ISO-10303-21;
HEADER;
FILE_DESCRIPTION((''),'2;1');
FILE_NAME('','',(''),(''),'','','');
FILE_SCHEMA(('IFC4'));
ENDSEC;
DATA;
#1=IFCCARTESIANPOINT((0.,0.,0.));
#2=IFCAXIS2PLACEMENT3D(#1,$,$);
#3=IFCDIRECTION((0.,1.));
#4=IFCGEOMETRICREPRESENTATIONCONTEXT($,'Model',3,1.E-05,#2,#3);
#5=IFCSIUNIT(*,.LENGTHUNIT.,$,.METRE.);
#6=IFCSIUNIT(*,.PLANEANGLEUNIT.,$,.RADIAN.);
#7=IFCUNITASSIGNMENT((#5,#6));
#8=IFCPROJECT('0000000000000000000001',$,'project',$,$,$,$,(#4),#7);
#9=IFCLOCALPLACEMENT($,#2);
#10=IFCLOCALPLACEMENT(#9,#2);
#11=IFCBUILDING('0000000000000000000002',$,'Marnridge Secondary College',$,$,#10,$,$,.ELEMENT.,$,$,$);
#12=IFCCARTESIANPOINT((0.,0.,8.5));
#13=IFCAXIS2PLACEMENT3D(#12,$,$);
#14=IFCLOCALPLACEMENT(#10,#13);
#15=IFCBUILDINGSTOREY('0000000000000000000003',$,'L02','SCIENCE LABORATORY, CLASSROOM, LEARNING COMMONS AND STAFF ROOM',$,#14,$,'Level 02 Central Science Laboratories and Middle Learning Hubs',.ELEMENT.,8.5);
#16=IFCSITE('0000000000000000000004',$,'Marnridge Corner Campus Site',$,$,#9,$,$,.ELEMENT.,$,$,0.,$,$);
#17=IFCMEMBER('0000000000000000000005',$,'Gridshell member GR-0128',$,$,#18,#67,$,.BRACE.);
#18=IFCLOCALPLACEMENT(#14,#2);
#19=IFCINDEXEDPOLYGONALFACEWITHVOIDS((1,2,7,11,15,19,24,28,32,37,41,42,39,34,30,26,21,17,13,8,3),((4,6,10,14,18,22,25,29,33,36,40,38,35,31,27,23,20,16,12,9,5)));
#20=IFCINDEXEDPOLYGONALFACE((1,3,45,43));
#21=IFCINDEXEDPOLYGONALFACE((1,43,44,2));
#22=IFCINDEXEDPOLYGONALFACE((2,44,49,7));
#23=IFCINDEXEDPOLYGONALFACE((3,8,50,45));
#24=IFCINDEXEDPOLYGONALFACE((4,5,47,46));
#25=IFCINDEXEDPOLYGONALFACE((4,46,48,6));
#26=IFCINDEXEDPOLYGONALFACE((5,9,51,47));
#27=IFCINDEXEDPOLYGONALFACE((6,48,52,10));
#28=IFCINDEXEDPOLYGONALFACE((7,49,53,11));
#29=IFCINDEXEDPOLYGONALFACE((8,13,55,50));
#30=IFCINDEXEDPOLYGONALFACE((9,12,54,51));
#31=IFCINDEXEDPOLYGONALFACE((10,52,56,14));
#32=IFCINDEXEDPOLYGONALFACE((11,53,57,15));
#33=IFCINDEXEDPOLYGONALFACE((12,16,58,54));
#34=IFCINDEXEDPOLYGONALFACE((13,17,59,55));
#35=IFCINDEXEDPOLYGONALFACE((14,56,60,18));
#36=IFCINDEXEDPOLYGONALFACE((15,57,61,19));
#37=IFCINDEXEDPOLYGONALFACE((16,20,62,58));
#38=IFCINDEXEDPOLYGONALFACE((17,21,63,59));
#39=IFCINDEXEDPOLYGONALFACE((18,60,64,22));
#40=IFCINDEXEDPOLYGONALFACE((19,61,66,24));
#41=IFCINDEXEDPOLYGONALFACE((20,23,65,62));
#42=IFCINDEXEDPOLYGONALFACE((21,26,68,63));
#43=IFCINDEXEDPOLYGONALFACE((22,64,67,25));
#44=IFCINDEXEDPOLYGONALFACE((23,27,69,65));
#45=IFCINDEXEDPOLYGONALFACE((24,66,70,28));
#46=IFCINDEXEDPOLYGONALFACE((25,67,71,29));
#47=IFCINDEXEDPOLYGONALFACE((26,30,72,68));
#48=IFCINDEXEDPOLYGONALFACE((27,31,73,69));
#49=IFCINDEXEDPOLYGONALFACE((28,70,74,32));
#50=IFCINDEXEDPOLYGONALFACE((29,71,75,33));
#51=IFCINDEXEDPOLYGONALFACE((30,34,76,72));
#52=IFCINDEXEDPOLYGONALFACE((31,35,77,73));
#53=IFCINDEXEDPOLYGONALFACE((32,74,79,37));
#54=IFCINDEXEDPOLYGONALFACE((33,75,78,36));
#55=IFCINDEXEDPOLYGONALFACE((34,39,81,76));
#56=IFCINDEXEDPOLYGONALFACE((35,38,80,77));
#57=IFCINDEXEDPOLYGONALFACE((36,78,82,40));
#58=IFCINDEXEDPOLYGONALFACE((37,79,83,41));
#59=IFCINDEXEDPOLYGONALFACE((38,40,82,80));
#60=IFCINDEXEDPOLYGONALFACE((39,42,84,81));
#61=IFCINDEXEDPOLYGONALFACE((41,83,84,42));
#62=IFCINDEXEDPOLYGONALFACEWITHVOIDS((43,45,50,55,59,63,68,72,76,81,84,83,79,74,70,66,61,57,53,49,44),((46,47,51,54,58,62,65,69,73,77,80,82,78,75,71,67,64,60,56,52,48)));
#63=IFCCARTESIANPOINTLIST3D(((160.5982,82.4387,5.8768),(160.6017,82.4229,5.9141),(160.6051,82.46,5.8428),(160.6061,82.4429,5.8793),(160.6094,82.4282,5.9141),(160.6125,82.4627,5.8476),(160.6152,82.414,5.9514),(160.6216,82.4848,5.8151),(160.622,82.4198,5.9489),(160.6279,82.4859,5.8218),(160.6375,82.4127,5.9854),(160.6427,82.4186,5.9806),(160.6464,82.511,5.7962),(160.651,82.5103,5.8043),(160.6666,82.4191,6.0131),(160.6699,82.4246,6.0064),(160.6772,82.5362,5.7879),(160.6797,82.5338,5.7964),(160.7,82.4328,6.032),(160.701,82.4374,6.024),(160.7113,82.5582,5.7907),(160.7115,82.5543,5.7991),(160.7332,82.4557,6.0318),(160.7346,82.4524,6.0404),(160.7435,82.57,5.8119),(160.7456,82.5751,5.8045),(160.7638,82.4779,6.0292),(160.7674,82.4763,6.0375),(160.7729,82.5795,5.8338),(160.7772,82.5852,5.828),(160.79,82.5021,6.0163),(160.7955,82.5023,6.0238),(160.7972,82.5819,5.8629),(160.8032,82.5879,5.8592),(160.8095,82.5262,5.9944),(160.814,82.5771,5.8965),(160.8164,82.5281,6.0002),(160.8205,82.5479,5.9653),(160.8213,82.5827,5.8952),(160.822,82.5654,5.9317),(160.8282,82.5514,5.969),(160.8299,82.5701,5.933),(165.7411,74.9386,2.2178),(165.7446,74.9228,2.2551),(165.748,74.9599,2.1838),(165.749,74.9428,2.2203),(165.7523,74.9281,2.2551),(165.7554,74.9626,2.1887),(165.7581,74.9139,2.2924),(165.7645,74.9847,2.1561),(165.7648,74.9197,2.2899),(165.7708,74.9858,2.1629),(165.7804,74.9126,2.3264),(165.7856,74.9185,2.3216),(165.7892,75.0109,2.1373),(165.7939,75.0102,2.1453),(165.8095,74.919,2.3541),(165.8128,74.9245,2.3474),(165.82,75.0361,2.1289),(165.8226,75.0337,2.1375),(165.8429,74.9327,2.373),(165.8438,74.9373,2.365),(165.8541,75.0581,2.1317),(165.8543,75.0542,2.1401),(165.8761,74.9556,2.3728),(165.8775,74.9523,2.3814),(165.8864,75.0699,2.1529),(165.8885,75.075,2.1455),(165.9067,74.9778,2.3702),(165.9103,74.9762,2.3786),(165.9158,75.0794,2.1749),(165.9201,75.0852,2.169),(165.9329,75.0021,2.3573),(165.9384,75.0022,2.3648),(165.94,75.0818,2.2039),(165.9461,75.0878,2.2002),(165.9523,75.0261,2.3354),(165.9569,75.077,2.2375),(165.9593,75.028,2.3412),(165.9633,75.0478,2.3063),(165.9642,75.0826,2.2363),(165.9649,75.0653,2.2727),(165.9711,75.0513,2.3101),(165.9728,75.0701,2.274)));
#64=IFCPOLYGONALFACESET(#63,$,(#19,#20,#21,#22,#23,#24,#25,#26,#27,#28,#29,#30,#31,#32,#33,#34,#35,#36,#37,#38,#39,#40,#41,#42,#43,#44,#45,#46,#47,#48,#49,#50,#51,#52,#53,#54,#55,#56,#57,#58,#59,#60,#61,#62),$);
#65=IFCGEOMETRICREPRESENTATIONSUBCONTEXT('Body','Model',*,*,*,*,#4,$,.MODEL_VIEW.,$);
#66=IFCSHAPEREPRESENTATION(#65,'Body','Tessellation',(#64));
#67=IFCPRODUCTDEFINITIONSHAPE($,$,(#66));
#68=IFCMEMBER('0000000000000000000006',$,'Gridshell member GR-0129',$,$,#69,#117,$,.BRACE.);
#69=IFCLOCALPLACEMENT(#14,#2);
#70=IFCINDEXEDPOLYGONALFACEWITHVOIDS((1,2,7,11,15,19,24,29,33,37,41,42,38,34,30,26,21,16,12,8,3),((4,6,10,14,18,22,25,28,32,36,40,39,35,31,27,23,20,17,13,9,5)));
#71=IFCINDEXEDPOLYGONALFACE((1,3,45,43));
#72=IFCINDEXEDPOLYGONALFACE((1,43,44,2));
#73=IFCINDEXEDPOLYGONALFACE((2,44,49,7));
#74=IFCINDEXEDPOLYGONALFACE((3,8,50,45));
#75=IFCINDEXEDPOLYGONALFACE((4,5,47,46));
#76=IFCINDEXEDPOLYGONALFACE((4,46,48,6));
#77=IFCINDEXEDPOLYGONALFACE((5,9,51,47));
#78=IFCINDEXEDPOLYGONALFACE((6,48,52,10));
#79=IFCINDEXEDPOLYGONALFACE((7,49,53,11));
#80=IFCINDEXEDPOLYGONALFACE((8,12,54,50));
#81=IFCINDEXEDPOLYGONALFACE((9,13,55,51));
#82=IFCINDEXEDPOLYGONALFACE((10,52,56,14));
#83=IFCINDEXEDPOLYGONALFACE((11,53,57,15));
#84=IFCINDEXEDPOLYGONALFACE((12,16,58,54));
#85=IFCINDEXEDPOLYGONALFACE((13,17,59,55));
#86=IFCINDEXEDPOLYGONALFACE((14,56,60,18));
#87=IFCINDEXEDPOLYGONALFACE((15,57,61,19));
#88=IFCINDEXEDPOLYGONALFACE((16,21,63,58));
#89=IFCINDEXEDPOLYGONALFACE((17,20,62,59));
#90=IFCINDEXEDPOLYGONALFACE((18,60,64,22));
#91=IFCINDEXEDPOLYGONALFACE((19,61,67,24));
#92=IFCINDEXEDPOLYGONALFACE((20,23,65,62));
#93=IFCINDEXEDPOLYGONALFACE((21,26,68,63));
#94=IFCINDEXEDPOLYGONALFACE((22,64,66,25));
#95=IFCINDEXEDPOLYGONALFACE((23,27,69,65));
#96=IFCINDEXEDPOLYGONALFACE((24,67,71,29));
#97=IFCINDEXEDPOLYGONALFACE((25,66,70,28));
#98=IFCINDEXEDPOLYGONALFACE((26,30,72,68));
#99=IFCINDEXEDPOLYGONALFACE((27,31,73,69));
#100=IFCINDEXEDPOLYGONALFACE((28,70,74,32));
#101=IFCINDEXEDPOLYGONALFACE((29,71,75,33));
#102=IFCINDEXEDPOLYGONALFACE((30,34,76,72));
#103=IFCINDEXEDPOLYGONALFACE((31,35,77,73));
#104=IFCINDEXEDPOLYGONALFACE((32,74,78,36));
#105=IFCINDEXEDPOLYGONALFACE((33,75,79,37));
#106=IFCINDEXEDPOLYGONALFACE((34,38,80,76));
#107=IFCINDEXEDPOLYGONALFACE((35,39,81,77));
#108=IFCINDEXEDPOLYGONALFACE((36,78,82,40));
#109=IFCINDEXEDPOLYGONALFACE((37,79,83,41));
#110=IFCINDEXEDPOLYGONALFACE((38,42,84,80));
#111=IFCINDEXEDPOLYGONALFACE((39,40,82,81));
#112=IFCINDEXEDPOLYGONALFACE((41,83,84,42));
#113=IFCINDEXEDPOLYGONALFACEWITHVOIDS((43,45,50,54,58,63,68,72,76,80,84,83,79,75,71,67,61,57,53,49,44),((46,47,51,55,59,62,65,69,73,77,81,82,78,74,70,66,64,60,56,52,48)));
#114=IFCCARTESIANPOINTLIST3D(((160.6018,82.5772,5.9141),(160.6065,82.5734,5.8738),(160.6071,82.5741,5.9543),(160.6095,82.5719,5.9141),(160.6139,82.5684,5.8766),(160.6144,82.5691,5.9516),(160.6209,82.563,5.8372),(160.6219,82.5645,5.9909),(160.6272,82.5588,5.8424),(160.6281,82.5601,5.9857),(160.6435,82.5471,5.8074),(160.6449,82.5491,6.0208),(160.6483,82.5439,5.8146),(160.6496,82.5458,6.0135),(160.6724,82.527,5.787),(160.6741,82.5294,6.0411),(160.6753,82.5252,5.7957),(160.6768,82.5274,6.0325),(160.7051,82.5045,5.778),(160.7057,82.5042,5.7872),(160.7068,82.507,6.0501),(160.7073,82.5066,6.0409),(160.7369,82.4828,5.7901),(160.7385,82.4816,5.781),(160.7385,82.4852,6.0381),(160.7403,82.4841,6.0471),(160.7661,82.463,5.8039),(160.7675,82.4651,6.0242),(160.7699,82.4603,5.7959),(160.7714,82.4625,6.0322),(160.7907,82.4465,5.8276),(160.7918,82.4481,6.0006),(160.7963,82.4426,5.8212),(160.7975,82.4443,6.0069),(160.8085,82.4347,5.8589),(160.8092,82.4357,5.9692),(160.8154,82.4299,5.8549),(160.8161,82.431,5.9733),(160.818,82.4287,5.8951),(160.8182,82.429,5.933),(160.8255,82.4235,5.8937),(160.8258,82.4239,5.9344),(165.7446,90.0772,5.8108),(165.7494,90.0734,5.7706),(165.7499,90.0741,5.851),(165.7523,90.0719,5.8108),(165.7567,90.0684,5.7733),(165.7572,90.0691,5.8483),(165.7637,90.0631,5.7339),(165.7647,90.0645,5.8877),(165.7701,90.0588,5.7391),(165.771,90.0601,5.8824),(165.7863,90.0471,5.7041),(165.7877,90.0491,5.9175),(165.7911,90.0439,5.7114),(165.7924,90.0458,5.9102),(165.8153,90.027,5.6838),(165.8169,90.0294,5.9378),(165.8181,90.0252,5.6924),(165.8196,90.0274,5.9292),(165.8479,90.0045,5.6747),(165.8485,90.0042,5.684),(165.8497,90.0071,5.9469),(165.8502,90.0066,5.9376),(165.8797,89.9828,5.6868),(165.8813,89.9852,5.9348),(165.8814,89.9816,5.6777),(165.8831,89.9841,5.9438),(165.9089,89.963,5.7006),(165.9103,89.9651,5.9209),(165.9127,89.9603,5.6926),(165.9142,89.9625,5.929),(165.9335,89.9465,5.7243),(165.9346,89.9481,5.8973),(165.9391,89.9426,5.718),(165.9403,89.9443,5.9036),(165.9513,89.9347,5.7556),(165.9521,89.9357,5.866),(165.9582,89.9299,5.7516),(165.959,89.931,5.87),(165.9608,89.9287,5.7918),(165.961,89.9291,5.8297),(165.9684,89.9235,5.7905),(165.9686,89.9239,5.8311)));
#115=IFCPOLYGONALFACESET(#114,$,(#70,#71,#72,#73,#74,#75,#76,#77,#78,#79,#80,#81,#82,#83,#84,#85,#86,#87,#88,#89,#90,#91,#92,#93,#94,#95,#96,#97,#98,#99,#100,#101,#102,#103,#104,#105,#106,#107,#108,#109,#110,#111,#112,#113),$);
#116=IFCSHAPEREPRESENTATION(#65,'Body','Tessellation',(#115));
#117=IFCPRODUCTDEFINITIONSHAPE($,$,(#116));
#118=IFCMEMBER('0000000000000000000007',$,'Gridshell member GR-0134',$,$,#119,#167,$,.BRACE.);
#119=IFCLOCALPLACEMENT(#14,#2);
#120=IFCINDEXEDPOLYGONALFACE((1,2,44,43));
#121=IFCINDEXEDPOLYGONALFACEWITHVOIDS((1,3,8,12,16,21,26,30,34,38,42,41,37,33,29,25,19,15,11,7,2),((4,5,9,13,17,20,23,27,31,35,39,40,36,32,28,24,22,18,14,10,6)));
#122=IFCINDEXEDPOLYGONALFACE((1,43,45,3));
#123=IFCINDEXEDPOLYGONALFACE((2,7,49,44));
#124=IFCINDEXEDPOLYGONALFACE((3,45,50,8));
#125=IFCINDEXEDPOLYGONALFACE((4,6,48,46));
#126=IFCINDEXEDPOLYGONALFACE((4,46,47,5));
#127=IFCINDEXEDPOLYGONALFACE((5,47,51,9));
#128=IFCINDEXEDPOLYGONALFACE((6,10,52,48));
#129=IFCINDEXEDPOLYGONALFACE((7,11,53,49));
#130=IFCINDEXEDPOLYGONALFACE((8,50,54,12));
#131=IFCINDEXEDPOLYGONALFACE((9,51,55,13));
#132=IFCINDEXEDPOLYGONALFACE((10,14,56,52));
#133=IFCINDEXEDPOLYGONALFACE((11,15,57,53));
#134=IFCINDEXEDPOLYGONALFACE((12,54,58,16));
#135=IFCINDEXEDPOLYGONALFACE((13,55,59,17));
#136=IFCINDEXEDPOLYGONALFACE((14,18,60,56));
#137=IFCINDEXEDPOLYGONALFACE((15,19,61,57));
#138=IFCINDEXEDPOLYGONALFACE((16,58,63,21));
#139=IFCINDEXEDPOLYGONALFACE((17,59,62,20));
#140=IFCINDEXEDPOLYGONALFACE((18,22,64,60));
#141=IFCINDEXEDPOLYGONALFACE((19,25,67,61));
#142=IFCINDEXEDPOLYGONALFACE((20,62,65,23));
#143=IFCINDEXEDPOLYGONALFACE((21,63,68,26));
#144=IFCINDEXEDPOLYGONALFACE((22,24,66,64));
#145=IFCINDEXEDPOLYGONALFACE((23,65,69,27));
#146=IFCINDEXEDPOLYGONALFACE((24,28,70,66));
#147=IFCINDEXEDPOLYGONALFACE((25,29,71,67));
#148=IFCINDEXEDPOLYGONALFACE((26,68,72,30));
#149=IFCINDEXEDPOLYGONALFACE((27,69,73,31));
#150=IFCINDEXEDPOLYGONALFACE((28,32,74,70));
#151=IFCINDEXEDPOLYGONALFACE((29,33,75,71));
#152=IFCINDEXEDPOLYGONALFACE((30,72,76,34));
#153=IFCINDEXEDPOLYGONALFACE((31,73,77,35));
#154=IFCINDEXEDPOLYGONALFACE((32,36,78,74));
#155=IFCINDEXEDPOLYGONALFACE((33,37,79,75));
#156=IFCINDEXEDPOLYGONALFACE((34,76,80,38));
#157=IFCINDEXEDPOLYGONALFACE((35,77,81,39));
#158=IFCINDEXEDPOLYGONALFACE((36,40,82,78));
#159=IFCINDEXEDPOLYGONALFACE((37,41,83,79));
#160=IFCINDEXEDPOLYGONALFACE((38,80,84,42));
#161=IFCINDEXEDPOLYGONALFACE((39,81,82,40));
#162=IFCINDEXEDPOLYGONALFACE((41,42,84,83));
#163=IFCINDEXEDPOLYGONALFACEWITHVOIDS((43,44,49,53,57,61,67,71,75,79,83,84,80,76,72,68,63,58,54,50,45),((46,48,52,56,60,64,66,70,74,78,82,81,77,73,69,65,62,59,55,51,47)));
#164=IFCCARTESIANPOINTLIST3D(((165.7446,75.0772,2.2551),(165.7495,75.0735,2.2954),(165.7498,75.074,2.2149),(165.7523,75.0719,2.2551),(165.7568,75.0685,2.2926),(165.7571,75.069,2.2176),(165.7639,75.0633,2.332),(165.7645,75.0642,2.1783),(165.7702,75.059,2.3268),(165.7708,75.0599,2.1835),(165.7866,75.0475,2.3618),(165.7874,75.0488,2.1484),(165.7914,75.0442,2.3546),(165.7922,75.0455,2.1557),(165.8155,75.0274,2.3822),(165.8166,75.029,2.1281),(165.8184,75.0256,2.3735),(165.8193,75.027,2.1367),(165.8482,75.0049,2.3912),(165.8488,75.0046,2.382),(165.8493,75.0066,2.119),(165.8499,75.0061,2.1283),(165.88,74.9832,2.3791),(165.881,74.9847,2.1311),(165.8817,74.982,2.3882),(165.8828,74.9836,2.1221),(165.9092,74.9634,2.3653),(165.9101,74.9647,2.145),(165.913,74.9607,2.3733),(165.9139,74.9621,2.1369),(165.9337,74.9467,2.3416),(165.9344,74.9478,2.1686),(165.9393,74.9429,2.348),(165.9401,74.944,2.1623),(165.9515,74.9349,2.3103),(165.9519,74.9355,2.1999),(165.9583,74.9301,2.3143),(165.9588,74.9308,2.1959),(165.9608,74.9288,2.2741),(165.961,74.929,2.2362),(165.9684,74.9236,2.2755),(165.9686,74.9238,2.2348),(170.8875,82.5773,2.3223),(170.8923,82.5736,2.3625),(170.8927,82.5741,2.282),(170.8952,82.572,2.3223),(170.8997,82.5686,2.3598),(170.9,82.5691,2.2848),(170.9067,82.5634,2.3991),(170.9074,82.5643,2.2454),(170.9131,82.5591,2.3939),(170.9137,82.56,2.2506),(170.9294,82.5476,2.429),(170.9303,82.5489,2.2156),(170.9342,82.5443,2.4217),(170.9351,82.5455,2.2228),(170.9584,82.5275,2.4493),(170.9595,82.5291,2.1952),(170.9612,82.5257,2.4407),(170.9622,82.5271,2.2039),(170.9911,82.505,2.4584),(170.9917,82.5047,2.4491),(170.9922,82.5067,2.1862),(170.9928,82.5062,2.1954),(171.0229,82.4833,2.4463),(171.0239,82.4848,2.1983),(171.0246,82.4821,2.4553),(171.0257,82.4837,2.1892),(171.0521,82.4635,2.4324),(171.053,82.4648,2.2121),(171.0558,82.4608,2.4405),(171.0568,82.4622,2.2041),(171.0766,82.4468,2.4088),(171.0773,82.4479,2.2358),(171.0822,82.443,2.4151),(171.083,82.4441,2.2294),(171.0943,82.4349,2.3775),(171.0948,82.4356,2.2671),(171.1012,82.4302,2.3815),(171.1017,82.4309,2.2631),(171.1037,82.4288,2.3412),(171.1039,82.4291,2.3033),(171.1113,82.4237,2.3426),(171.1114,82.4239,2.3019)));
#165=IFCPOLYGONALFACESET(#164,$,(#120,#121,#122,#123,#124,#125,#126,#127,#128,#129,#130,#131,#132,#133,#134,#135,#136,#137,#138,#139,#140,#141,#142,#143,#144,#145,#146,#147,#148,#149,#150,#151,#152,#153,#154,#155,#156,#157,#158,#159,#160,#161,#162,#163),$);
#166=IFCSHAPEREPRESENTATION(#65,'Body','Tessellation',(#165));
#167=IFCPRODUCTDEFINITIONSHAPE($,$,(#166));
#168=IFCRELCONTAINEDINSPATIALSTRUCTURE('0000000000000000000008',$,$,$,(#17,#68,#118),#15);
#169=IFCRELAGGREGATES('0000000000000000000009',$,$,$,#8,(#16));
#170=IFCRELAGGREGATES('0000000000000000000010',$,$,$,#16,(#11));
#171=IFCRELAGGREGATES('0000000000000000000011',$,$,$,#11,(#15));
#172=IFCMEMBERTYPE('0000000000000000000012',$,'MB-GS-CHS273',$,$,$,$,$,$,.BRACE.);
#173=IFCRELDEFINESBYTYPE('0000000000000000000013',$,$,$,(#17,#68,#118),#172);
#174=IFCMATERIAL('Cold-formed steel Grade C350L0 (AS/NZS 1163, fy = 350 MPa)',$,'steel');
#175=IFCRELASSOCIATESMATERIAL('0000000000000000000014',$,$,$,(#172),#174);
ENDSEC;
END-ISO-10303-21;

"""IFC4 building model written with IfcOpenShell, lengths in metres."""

from ifc_helpers import new_model, si_unit, direction, frame, origin, origin_2d, place, context, subcontext, project, spatial, hollow_circle, extrude, material, material_profile, profile_set, type_object, element, save


model = new_model("IFC4")

# Units and contexts
model_context = context("Model", 3, precision=1e-05, world=origin(), true_north=direction((0.0, 1.0)))
body_context = subcontext(model_context, "Body", "Model", "MODEL_VIEW")
ifc_project = project(units=[si_unit("LENGTHUNIT", "METRE"), si_unit("PLANEANGLEUNIT", "RADIAN")], contexts=[model_context])

# Site, building, storey
site_placement = place(None, origin())
site = spatial("IfcSite", under=ifc_project, at=site_placement, Name="Marnridge Corner Campus Site", CompositionType="ELEMENT", RefElevation=0.0)
building_placement = place(site_placement, origin())
building = spatial("IfcBuilding", under=site, at=building_placement, Name="Marnridge Secondary College", CompositionType="ELEMENT")
storey_placement = place(building_placement, frame((0.0, 0.0, 8.5)))
storey = spatial("IfcBuildingStorey", under=building, at=storey_placement, Name="L02", Description="SCIENCE LABORATORY, CLASSROOM, LEARNING COMMONS AND STAFF ROOM", LongName="Level 02 Central Science Laboratories and Middle Learning Hubs", CompositionType="ELEMENT", Elevation=8.5)

# Members
ifc_material_1 = material(Name="Cold-formed steel Grade C350L0 (AS/NZS 1163, fy = 350 MPa)", Category="steel")
ifc_material_profile_1 = material_profile(ifc_material_1, hollow_circle(Radius=0.1365, WallThickness=0.0093, at=origin_2d()), Name="273.1x9.3CHS")
ifc_profile_set_1 = profile_set([ifc_material_profile_1], Name="Cold-formed steel Grade C350L0 (AS/NZS 1163, fy = 350 MPa)")
member_type_1 = type_object("IfcMemberType", Name="MB-GS-CHS273", PredefinedType="BRACE", material=ifc_profile_set_1)
member_1_placement = place(storey_placement, frame((165.8572, 75.0, 2.2551), z_axis=(-0.524651, 0.765121, 0.373271), x_axis=(-0.824731, -0.565526, 0.0)))
element("IfcMember", 1, at=member_1_placement, inside=storey, type_object=member_type_1, Name="Gridshell member GR-0128", PredefinedType="BRACE", context=body_context, shape_type="SweptSolid", body=[
    extrude(hollow_circle(Radius=0.1365, WallThickness=0.0093, at=origin_2d()), origin(), (0.0, 0.0, 1.0), 9.8025),
])
member_2_placement = place(storey_placement, frame((160.7144, 82.5, 5.9141), z_axis=(0.565489, 0.824677, -0.011355), x_axis=(-0.824731, 0.565526, 0.0)))
element("IfcMember", 2, at=member_2_placement, inside=storey, type_object=member_type_1, Name="Gridshell member GR-0129", PredefinedType="BRACE", context=body_context, shape_type="SweptSolid", body=[
    extrude(hollow_circle(Radius=0.1365, WallThickness=0.0093, at=origin_2d()), origin(), (0.0, 0.0, 1.0), 9.0945),
])
member_3_placement = place(storey_placement, frame((165.8572, 75.0, 2.2551), z_axis=(0.56551, 0.824708, 0.007383), x_axis=(-0.824731, 0.565526, 0.0)))
element("IfcMember", 3, at=member_3_placement, inside=storey, type_object=member_type_1, Name="Gridshell member GR-0134", PredefinedType="BRACE", context=body_context, shape_type="SweptSolid", body=[
    extrude(hollow_circle(Radius=0.1365, WallThickness=0.0093, at=origin_2d()), origin(), (0.0, 0.0, 1.0), 9.0942),
])

save(model, "model.ifc")
